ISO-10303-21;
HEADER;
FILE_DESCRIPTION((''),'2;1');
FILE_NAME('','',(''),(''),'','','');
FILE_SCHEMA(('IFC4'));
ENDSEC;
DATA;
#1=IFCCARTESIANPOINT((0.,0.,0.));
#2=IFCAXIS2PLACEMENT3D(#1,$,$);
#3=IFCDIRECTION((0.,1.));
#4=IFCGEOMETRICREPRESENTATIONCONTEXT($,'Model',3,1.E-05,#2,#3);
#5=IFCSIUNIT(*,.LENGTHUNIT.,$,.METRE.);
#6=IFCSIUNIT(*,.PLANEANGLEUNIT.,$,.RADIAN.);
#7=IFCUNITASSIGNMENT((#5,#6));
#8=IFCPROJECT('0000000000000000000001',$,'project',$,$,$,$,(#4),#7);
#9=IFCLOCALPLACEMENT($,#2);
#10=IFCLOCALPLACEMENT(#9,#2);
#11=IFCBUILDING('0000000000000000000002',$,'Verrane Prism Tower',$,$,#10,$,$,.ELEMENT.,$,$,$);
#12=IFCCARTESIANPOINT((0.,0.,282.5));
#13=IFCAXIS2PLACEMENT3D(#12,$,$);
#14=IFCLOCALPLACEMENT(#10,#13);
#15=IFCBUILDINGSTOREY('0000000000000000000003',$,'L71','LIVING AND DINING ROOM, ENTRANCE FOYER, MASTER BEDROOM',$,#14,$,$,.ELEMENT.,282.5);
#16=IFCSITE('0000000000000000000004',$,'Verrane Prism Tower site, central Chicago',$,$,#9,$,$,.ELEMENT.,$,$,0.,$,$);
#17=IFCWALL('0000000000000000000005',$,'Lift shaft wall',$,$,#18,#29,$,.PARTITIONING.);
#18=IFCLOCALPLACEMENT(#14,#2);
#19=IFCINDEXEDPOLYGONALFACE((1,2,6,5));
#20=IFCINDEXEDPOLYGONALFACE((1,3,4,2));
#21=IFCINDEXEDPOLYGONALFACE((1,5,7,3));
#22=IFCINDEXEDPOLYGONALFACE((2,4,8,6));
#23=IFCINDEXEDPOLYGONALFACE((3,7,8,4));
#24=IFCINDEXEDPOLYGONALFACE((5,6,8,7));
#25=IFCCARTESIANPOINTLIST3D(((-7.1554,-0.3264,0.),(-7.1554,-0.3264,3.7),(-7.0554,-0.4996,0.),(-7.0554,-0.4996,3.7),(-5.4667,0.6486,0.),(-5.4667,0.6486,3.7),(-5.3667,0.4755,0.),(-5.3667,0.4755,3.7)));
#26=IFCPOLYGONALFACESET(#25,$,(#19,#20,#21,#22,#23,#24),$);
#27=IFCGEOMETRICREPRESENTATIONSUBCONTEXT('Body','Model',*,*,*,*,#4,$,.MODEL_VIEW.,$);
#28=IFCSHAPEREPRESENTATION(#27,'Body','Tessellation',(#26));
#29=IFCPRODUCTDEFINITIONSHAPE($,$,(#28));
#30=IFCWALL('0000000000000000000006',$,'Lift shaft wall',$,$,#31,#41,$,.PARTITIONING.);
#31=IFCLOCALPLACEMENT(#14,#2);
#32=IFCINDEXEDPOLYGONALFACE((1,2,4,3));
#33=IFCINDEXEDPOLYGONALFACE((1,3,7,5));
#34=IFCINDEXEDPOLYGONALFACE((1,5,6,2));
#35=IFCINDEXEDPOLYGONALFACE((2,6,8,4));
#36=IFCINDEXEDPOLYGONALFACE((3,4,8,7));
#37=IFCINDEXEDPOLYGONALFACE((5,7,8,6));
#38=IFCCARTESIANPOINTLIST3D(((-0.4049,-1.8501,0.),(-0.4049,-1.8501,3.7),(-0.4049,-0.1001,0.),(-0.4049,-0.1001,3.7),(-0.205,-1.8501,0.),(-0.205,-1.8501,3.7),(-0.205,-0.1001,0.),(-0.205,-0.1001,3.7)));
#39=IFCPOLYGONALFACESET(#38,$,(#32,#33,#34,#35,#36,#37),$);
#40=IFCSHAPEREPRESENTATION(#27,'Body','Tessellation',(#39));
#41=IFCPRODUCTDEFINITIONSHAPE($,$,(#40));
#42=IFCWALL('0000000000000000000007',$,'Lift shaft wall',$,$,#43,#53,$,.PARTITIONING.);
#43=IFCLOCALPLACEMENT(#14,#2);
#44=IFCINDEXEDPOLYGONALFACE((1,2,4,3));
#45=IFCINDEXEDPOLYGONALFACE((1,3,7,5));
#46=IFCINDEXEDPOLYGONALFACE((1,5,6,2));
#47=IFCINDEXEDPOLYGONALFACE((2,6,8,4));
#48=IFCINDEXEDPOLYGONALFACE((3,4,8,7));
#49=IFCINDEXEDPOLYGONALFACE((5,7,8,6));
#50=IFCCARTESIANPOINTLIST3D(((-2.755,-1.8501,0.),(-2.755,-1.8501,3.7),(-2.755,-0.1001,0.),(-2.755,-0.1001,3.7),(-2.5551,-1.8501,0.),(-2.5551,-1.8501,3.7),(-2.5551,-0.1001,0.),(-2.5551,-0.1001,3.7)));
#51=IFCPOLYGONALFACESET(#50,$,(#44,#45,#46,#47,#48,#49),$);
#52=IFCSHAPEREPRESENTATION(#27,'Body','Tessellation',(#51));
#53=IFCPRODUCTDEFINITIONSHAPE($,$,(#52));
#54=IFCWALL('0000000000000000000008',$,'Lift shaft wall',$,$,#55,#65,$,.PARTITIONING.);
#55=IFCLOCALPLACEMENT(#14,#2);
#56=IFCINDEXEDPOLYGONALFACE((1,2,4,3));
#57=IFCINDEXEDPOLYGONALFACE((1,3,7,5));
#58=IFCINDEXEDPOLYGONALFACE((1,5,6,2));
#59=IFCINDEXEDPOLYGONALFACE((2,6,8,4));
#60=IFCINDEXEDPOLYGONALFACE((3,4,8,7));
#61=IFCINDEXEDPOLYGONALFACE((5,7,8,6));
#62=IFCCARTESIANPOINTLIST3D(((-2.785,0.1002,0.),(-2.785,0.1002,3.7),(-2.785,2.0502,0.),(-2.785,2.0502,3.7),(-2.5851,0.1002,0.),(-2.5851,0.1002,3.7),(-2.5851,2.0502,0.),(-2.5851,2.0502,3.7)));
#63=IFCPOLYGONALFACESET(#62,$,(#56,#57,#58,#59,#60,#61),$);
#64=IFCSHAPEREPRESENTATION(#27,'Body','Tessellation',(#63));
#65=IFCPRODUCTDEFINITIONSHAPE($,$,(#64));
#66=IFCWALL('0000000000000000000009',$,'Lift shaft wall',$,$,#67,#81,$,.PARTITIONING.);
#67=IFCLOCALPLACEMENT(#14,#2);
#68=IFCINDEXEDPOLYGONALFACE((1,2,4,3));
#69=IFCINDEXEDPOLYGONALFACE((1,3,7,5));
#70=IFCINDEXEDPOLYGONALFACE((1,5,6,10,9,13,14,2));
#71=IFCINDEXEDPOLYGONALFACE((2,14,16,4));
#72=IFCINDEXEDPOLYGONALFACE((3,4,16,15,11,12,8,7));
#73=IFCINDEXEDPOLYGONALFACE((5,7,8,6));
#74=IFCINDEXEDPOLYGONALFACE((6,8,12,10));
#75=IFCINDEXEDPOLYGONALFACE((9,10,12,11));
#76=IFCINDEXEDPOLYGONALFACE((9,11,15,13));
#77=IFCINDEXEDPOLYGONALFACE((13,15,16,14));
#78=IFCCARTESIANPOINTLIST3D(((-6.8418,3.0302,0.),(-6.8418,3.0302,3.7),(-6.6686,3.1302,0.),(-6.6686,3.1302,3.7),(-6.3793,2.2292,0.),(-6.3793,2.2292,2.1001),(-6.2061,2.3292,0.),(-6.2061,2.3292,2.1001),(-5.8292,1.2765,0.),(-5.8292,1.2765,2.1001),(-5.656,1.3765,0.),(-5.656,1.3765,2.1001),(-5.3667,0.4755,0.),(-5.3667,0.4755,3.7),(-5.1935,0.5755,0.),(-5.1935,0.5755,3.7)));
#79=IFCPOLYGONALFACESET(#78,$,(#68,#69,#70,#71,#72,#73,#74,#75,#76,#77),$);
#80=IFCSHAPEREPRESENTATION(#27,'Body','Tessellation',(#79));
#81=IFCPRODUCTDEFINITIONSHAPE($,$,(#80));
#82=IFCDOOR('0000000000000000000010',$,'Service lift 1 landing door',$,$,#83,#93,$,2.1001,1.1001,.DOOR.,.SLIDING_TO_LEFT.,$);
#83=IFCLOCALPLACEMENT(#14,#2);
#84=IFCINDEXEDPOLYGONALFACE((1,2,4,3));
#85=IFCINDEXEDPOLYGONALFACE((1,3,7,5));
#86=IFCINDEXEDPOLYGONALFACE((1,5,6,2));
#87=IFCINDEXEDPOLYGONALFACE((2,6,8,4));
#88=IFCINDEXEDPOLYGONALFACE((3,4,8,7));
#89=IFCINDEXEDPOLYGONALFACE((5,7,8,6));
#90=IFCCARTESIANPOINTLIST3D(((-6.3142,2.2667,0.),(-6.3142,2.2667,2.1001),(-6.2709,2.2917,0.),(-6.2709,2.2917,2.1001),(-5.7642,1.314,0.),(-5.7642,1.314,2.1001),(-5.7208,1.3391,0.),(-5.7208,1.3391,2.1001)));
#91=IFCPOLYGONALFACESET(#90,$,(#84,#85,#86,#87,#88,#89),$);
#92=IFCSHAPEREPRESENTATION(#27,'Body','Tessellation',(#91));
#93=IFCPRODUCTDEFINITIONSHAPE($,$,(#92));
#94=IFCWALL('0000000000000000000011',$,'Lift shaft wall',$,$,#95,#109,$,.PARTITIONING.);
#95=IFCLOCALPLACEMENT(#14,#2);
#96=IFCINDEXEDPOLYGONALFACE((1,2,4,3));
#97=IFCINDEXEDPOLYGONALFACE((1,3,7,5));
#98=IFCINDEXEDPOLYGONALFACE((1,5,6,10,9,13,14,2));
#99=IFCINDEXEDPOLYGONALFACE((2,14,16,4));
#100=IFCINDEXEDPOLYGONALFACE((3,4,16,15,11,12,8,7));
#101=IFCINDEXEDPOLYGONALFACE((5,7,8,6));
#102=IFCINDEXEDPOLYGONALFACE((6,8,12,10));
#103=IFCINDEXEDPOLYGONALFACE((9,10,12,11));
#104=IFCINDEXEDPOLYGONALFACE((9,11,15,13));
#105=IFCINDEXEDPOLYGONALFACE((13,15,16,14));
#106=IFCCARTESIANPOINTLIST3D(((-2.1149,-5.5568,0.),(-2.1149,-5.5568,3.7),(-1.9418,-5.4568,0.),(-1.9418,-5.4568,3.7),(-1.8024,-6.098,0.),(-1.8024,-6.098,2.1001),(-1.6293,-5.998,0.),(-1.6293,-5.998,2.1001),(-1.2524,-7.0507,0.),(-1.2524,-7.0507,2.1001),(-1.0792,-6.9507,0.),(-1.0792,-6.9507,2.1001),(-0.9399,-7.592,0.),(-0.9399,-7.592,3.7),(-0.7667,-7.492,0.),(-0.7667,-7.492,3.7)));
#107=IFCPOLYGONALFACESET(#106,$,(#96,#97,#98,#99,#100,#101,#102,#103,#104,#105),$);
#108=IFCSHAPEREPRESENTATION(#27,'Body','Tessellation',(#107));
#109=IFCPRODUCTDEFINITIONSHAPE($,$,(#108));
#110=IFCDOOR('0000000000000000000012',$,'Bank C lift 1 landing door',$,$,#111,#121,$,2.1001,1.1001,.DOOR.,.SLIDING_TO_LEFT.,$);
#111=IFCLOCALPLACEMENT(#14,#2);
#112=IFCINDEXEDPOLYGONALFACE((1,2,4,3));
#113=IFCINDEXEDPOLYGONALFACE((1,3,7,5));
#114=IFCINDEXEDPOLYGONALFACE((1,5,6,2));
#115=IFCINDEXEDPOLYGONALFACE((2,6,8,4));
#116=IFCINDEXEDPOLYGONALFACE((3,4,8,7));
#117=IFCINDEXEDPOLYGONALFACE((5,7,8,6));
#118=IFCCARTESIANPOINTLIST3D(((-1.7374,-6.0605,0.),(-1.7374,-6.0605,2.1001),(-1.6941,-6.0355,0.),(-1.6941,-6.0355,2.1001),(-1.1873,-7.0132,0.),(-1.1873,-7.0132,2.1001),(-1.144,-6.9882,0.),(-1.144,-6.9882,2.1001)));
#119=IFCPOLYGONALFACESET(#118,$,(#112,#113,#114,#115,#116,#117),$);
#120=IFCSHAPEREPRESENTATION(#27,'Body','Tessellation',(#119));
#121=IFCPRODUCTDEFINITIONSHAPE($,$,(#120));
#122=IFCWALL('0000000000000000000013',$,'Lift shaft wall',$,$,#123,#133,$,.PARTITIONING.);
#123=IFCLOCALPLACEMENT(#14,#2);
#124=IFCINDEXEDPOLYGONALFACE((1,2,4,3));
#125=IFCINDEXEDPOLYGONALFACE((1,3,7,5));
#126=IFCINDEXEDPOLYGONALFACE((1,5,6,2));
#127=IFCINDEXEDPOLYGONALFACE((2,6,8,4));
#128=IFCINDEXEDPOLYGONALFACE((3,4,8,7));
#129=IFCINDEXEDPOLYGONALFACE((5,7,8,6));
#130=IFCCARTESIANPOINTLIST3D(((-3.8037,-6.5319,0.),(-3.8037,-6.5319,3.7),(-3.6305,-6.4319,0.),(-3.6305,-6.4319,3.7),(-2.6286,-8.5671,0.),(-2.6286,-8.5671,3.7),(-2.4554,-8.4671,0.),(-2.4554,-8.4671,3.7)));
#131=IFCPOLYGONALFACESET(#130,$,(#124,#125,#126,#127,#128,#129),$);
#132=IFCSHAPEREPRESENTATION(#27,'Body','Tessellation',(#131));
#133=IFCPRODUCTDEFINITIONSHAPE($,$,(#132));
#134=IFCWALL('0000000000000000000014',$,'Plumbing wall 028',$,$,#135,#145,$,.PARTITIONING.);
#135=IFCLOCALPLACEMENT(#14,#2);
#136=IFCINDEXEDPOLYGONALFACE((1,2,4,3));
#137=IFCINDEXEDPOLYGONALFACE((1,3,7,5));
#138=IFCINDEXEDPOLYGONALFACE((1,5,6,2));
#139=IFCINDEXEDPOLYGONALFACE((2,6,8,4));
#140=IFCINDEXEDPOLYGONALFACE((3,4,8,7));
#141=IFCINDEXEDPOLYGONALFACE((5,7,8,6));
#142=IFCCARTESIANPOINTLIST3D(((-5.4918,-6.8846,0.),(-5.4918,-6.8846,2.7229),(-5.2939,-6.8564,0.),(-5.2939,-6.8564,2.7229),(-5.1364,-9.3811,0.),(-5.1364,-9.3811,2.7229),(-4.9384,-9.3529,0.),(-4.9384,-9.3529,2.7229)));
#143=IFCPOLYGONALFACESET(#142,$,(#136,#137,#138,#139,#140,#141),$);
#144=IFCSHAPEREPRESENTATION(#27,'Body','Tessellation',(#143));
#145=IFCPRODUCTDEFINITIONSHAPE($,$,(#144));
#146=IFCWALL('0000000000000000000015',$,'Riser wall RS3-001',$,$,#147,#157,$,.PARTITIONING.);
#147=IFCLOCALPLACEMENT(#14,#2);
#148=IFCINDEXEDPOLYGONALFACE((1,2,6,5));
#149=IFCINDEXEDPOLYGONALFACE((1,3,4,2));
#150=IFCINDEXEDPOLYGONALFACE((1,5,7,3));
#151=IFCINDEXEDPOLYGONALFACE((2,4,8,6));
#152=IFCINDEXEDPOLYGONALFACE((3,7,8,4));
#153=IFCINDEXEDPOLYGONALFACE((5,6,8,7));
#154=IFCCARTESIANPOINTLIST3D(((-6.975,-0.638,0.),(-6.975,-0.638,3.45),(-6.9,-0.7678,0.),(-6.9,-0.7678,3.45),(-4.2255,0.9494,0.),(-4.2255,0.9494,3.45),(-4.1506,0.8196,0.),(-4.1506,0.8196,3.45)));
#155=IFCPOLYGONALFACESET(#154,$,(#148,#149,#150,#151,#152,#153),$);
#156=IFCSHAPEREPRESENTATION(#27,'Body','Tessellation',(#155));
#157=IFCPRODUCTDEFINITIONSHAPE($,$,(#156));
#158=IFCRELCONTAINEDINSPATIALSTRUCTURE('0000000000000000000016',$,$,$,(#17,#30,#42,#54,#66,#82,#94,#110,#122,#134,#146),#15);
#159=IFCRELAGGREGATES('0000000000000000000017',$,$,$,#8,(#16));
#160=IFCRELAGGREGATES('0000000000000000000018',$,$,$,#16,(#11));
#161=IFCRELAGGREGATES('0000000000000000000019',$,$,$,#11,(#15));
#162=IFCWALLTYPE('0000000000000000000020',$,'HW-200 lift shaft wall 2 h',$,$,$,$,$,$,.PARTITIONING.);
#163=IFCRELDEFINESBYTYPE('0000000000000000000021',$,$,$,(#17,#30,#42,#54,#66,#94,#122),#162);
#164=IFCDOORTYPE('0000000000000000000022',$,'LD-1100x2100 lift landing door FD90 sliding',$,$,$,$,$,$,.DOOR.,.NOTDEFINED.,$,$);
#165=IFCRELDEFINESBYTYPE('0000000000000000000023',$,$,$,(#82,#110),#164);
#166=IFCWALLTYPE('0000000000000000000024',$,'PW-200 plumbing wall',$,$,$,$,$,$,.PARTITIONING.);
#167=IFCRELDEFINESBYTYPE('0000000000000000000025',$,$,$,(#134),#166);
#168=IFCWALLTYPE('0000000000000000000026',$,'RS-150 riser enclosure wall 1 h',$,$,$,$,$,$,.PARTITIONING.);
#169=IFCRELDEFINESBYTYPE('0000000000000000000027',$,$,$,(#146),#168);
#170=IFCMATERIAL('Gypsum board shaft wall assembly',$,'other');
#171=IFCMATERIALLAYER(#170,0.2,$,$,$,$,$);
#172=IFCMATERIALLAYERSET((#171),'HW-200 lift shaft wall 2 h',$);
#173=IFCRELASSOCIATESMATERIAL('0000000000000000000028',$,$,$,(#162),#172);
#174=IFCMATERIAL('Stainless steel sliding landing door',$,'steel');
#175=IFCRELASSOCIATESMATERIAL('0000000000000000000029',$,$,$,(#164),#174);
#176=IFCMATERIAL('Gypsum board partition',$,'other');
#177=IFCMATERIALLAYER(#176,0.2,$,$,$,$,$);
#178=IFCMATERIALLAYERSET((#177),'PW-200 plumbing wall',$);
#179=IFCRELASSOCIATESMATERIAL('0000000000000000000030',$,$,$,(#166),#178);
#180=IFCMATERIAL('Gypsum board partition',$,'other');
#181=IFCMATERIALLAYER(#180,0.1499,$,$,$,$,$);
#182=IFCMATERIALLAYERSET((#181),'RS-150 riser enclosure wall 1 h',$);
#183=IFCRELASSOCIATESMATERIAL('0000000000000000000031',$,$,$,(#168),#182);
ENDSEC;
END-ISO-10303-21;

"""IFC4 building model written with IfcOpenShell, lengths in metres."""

from ifc_helpers import new_model, si_unit, direction, frame, frame_2d, origin, place, context, subcontext, project, spatial, rectangle, extrude, material, layer, layer_set, type_object, element, fill, save


model = new_model("IFC4")

# Units and contexts
model_context = context("Model", 3, precision=1e-05, world=origin(), true_north=direction((0.0, 1.0)))
body_context = subcontext(model_context, "Body", "Model", "MODEL_VIEW")
ifc_project = project(units=[si_unit("LENGTHUNIT", "METRE"), si_unit("PLANEANGLEUNIT", "RADIAN")], contexts=[model_context])

# Site, building, storey
site_placement = place(None, origin())
site = spatial("IfcSite", under=ifc_project, at=site_placement, Name="Verrane Prism Tower site, central Chicago", CompositionType="ELEMENT", RefElevation=0.0)
building_placement = place(site_placement, origin())
building = spatial("IfcBuilding", under=site, at=building_placement, Name="Verrane Prism Tower", CompositionType="ELEMENT")
storey_placement = place(building_placement, frame((0.0, 0.0, 282.5)))
storey = spatial("IfcBuildingStorey", under=building, at=storey_placement, Name="L71", Description="LIVING AND DINING ROOM, ENTRANCE FOYER, MASTER BEDROOM", CompositionType="ELEMENT", Elevation=282.5)

# Shared definitions
ifc_material_1 = material(Name="Gypsum board shaft wall assembly", Category="other")
ifc_layer_1 = layer(ifc_material_1, 0.2)
ifc_layer_set_1 = layer_set([ifc_layer_1], Name="HW-200 lift shaft wall 2 h")
wall_type_1 = type_object("IfcWallType", Name="HW-200 lift shaft wall 2 h", PredefinedType="PARTITIONING", material=ifc_layer_set_1)
ifc_material_2 = material(Name="Stainless steel sliding landing door", Category="steel")
door_type_1 = type_object("IfcDoorType", Name="LD-1100x2100 lift landing door FD90 sliding", OperationType="NOTDEFINED", PredefinedType="DOOR", material=ifc_material_2)

# Walls
wall_1_placement = place(storey_placement, frame((-7.1055, -0.4131, 0.0), z_axis=(0.0, 0.0, 1.0), x_axis=(0.866, 0.500044, 0.0)))
element("IfcWall", 1, at=wall_1_placement, inside=storey, type_object=wall_type_1, Name="Lift shaft wall", PredefinedType="PARTITIONING", context=body_context, shape_type="SweptSolid", body=[
    extrude(rectangle(XDim=1.95, YDim=0.2, at=frame_2d((0.9751, 0.0))), origin(), (0.0, 0.0, 1.0), 3.7),
])
for number, where, z_axis, x_axis, name in (
    (2, (-0.3049, -1.8501, 0.0), (0.0, 0.0, 1.0), (0.0, 1.0, 0.0), "Lift shaft wall"),
    (3, (-2.655, -1.8501, 0.0), (0.0, 0.0, 1.0), (0.0, 1.0, 0.0), "Lift shaft wall"),
):
    element("IfcWall", number, at=place(storey_placement, frame(where, z_axis=z_axis, x_axis=x_axis)), inside=storey, type_object=wall_type_1, Name=name, PredefinedType="PARTITIONING", context=body_context, shape_type="SweptSolid", body=[
        extrude(rectangle(XDim=1.75, YDim=0.2, at=frame_2d((0.875, 0.0))), origin(), (0.0, 0.0, 1.0), 3.7),
    ])
wall_2_placement = place(storey_placement, frame((-2.6851, 0.1001, 0.0), z_axis=(0.0, 0.0, 1.0), x_axis=(0.0, 1.0, 0.0)))
element("IfcWall", 4, at=wall_2_placement, inside=storey, type_object=wall_type_1, Name="Lift shaft wall", PredefinedType="PARTITIONING", context=body_context, shape_type="SweptSolid", body=[
    extrude(rectangle(XDim=1.95, YDim=0.2, at=frame_2d((0.9751, 0.0))), origin(), (0.0, 0.0, 1.0), 3.7),
])

# Walls, openings, doors
wall_3_placement = place(storey_placement, frame((-5.28, 0.5254, 0.0), z_axis=(0.0, 0.0, 1.0), x_axis=(-0.500038, 0.866004, 0.0)))
wall_3 = element("IfcWall", 5, at=wall_3_placement, inside=storey, type_object=wall_type_1, Name="Lift shaft wall", PredefinedType="PARTITIONING", context=body_context, shape_type="SweptSolid", body=[
    extrude(rectangle(XDim=2.95, YDim=0.2, at=frame_2d((1.4751, 0.0))), origin(), (0.0, 0.0, 1.0), 3.7),
])
opening_1_placement = place(wall_3_placement, frame((0.925, 0.0, 0.0)))
opening_1 = element("IfcOpeningElement", 6, at=opening_1_placement, cuts=wall_3, PredefinedType="OPENING", context=body_context, shape_type="SweptSolid", body=[
    extrude(rectangle(XDim=1.1001, YDim=2.1001, at=frame_2d((0.55, 1.05))), frame((0.0, 0.1099, 0.0), z_axis=(0.0, -1.0, 0.0), x_axis=(1.0, 0.0, 0.0)), (0.0, 0.0, 1.0), 0.22),
])
door_1_placement = place(opening_1_placement, origin())
door_1 = element("IfcDoor", 7, at=door_1_placement, inside=storey, type_object=door_type_1, Name="Service lift 1 landing door", OperationType="SLIDING_TO_LEFT", OverallHeight=2.1001, OverallWidth=1.1001, PredefinedType="DOOR", context=body_context, shape_type="SweptSolid", body=[
    extrude(rectangle(XDim=1.1001, YDim=2.1001, at=frame_2d((0.55, 1.05))), frame((0.0, 0.0249, 0.0), z_axis=(0.0, -1.0, 0.0), x_axis=(1.0, 0.0, 0.0)), (0.0, 0.0, 1.0), 0.05),
])
fill(opening_1, door_1)
wall_4_placement = place(storey_placement, frame((-0.8533, -7.542, 0.0), z_axis=(0.0, 0.0, 1.0), x_axis=(-0.500016, 0.866016, 0.0)))
wall_4 = element("IfcWall", 8, at=wall_4_placement, inside=storey, type_object=wall_type_1, Name="Lift shaft wall", PredefinedType="PARTITIONING", context=body_context, shape_type="SweptSolid", body=[
    extrude(rectangle(XDim=2.3501, YDim=0.2, at=frame_2d((1.175, 0.0))), origin(), (0.0, 0.0, 1.0), 3.7),
])
opening_2_placement = place(wall_4_placement, frame((0.625, 0.0, 0.0)))
opening_2 = element("IfcOpeningElement", 9, at=opening_2_placement, cuts=wall_4, PredefinedType="OPENING", context=body_context, shape_type="SweptSolid", body=[
    extrude(rectangle(XDim=1.1001, YDim=2.1001, at=frame_2d((0.55, 1.05))), frame((0.0, 0.1099, 0.0), z_axis=(0.0, -1.0, 0.0), x_axis=(1.0, 0.0, 0.0)), (0.0, 0.0, 1.0), 0.22),
])
door_2_placement = place(opening_2_placement, origin())
door_2 = element("IfcDoor", 10, at=door_2_placement, inside=storey, type_object=door_type_1, Name="Bank C lift 1 landing door", OperationType="SLIDING_TO_LEFT", OverallHeight=2.1001, OverallWidth=1.1001, PredefinedType="DOOR", context=body_context, shape_type="SweptSolid", body=[
    extrude(rectangle(XDim=1.1001, YDim=2.1001, at=frame_2d((0.55, 1.05))), frame((0.0, 0.0249, 0.0), z_axis=(0.0, -1.0, 0.0), x_axis=(1.0, 0.0, 0.0)), (0.0, 0.0, 1.0), 0.05),
])
fill(opening_2, door_2)

# Walls
wall_5_placement = place(storey_placement, frame((-2.542, -8.5171, 0.0), z_axis=(0.0, 0.0, 1.0), x_axis=(-0.500016, 0.866016, 0.0)))
element("IfcWall", 11, at=wall_5_placement, inside=storey, type_object=wall_type_1, Name="Lift shaft wall", PredefinedType="PARTITIONING", context=body_context, shape_type="SweptSolid", body=[
    extrude(rectangle(XDim=2.3501, YDim=0.2, at=frame_2d((1.175, 0.0))), origin(), (0.0, 0.0, 1.0), 3.7),
])
ifc_material_3 = material(Name="Gypsum board partition", Category="other")
ifc_layer_2 = layer(ifc_material_3, 0.2)
ifc_layer_set_2 = layer_set([ifc_layer_2], Name="PW-200 plumbing wall")
wall_type_2 = type_object("IfcWallType", Name="PW-200 plumbing wall", PredefinedType="PARTITIONING", material=ifc_layer_set_2)
wall_6_placement = place(storey_placement, frame((-5.3928, -6.8706, 0.0), z_axis=(0.0, 0.0, 1.0), x_axis=(0.140961, -0.990015, 0.0)))
element("IfcWall", 12, at=wall_6_placement, inside=storey, type_object=wall_type_2, Name="Plumbing wall 028", PredefinedType="PARTITIONING", context=body_context, shape_type="SweptSolid", body=[
    extrude(rectangle(XDim=2.5217, YDim=0.2, at=frame_2d((1.2607, 0.0))), origin(), (0.0, 0.0, 1.0), 2.7229),
])
ifc_material_4 = material(Name="Gypsum board partition", Category="other")
ifc_layer_3 = layer(ifc_material_4, 0.1499)
ifc_layer_set_3 = layer_set([ifc_layer_3], Name="RS-150 riser enclosure wall 1 h")
wall_type_3 = type_object("IfcWallType", Name="RS-150 riser enclosure wall 1 h", PredefinedType="PARTITIONING", material=ifc_layer_set_3)
wall_7_placement = place(storey_placement, frame((-6.9375, -0.7029, 0.0), z_axis=(0.0, 0.0, 1.0), x_axis=(0.866029, 0.499993, 0.0)))
element("IfcWall", 13, at=wall_7_placement, inside=storey, type_object=wall_type_3, Name="Riser wall RS3-001", PredefinedType="PARTITIONING", context=body_context, shape_type="SweptSolid", body=[
    extrude(rectangle(XDim=3.1748, YDim=0.1499, at=frame_2d((1.5874, 0.0))), origin(), (0.0, 0.0, 1.0), 3.45),
])

save(model, "model.ifc")
